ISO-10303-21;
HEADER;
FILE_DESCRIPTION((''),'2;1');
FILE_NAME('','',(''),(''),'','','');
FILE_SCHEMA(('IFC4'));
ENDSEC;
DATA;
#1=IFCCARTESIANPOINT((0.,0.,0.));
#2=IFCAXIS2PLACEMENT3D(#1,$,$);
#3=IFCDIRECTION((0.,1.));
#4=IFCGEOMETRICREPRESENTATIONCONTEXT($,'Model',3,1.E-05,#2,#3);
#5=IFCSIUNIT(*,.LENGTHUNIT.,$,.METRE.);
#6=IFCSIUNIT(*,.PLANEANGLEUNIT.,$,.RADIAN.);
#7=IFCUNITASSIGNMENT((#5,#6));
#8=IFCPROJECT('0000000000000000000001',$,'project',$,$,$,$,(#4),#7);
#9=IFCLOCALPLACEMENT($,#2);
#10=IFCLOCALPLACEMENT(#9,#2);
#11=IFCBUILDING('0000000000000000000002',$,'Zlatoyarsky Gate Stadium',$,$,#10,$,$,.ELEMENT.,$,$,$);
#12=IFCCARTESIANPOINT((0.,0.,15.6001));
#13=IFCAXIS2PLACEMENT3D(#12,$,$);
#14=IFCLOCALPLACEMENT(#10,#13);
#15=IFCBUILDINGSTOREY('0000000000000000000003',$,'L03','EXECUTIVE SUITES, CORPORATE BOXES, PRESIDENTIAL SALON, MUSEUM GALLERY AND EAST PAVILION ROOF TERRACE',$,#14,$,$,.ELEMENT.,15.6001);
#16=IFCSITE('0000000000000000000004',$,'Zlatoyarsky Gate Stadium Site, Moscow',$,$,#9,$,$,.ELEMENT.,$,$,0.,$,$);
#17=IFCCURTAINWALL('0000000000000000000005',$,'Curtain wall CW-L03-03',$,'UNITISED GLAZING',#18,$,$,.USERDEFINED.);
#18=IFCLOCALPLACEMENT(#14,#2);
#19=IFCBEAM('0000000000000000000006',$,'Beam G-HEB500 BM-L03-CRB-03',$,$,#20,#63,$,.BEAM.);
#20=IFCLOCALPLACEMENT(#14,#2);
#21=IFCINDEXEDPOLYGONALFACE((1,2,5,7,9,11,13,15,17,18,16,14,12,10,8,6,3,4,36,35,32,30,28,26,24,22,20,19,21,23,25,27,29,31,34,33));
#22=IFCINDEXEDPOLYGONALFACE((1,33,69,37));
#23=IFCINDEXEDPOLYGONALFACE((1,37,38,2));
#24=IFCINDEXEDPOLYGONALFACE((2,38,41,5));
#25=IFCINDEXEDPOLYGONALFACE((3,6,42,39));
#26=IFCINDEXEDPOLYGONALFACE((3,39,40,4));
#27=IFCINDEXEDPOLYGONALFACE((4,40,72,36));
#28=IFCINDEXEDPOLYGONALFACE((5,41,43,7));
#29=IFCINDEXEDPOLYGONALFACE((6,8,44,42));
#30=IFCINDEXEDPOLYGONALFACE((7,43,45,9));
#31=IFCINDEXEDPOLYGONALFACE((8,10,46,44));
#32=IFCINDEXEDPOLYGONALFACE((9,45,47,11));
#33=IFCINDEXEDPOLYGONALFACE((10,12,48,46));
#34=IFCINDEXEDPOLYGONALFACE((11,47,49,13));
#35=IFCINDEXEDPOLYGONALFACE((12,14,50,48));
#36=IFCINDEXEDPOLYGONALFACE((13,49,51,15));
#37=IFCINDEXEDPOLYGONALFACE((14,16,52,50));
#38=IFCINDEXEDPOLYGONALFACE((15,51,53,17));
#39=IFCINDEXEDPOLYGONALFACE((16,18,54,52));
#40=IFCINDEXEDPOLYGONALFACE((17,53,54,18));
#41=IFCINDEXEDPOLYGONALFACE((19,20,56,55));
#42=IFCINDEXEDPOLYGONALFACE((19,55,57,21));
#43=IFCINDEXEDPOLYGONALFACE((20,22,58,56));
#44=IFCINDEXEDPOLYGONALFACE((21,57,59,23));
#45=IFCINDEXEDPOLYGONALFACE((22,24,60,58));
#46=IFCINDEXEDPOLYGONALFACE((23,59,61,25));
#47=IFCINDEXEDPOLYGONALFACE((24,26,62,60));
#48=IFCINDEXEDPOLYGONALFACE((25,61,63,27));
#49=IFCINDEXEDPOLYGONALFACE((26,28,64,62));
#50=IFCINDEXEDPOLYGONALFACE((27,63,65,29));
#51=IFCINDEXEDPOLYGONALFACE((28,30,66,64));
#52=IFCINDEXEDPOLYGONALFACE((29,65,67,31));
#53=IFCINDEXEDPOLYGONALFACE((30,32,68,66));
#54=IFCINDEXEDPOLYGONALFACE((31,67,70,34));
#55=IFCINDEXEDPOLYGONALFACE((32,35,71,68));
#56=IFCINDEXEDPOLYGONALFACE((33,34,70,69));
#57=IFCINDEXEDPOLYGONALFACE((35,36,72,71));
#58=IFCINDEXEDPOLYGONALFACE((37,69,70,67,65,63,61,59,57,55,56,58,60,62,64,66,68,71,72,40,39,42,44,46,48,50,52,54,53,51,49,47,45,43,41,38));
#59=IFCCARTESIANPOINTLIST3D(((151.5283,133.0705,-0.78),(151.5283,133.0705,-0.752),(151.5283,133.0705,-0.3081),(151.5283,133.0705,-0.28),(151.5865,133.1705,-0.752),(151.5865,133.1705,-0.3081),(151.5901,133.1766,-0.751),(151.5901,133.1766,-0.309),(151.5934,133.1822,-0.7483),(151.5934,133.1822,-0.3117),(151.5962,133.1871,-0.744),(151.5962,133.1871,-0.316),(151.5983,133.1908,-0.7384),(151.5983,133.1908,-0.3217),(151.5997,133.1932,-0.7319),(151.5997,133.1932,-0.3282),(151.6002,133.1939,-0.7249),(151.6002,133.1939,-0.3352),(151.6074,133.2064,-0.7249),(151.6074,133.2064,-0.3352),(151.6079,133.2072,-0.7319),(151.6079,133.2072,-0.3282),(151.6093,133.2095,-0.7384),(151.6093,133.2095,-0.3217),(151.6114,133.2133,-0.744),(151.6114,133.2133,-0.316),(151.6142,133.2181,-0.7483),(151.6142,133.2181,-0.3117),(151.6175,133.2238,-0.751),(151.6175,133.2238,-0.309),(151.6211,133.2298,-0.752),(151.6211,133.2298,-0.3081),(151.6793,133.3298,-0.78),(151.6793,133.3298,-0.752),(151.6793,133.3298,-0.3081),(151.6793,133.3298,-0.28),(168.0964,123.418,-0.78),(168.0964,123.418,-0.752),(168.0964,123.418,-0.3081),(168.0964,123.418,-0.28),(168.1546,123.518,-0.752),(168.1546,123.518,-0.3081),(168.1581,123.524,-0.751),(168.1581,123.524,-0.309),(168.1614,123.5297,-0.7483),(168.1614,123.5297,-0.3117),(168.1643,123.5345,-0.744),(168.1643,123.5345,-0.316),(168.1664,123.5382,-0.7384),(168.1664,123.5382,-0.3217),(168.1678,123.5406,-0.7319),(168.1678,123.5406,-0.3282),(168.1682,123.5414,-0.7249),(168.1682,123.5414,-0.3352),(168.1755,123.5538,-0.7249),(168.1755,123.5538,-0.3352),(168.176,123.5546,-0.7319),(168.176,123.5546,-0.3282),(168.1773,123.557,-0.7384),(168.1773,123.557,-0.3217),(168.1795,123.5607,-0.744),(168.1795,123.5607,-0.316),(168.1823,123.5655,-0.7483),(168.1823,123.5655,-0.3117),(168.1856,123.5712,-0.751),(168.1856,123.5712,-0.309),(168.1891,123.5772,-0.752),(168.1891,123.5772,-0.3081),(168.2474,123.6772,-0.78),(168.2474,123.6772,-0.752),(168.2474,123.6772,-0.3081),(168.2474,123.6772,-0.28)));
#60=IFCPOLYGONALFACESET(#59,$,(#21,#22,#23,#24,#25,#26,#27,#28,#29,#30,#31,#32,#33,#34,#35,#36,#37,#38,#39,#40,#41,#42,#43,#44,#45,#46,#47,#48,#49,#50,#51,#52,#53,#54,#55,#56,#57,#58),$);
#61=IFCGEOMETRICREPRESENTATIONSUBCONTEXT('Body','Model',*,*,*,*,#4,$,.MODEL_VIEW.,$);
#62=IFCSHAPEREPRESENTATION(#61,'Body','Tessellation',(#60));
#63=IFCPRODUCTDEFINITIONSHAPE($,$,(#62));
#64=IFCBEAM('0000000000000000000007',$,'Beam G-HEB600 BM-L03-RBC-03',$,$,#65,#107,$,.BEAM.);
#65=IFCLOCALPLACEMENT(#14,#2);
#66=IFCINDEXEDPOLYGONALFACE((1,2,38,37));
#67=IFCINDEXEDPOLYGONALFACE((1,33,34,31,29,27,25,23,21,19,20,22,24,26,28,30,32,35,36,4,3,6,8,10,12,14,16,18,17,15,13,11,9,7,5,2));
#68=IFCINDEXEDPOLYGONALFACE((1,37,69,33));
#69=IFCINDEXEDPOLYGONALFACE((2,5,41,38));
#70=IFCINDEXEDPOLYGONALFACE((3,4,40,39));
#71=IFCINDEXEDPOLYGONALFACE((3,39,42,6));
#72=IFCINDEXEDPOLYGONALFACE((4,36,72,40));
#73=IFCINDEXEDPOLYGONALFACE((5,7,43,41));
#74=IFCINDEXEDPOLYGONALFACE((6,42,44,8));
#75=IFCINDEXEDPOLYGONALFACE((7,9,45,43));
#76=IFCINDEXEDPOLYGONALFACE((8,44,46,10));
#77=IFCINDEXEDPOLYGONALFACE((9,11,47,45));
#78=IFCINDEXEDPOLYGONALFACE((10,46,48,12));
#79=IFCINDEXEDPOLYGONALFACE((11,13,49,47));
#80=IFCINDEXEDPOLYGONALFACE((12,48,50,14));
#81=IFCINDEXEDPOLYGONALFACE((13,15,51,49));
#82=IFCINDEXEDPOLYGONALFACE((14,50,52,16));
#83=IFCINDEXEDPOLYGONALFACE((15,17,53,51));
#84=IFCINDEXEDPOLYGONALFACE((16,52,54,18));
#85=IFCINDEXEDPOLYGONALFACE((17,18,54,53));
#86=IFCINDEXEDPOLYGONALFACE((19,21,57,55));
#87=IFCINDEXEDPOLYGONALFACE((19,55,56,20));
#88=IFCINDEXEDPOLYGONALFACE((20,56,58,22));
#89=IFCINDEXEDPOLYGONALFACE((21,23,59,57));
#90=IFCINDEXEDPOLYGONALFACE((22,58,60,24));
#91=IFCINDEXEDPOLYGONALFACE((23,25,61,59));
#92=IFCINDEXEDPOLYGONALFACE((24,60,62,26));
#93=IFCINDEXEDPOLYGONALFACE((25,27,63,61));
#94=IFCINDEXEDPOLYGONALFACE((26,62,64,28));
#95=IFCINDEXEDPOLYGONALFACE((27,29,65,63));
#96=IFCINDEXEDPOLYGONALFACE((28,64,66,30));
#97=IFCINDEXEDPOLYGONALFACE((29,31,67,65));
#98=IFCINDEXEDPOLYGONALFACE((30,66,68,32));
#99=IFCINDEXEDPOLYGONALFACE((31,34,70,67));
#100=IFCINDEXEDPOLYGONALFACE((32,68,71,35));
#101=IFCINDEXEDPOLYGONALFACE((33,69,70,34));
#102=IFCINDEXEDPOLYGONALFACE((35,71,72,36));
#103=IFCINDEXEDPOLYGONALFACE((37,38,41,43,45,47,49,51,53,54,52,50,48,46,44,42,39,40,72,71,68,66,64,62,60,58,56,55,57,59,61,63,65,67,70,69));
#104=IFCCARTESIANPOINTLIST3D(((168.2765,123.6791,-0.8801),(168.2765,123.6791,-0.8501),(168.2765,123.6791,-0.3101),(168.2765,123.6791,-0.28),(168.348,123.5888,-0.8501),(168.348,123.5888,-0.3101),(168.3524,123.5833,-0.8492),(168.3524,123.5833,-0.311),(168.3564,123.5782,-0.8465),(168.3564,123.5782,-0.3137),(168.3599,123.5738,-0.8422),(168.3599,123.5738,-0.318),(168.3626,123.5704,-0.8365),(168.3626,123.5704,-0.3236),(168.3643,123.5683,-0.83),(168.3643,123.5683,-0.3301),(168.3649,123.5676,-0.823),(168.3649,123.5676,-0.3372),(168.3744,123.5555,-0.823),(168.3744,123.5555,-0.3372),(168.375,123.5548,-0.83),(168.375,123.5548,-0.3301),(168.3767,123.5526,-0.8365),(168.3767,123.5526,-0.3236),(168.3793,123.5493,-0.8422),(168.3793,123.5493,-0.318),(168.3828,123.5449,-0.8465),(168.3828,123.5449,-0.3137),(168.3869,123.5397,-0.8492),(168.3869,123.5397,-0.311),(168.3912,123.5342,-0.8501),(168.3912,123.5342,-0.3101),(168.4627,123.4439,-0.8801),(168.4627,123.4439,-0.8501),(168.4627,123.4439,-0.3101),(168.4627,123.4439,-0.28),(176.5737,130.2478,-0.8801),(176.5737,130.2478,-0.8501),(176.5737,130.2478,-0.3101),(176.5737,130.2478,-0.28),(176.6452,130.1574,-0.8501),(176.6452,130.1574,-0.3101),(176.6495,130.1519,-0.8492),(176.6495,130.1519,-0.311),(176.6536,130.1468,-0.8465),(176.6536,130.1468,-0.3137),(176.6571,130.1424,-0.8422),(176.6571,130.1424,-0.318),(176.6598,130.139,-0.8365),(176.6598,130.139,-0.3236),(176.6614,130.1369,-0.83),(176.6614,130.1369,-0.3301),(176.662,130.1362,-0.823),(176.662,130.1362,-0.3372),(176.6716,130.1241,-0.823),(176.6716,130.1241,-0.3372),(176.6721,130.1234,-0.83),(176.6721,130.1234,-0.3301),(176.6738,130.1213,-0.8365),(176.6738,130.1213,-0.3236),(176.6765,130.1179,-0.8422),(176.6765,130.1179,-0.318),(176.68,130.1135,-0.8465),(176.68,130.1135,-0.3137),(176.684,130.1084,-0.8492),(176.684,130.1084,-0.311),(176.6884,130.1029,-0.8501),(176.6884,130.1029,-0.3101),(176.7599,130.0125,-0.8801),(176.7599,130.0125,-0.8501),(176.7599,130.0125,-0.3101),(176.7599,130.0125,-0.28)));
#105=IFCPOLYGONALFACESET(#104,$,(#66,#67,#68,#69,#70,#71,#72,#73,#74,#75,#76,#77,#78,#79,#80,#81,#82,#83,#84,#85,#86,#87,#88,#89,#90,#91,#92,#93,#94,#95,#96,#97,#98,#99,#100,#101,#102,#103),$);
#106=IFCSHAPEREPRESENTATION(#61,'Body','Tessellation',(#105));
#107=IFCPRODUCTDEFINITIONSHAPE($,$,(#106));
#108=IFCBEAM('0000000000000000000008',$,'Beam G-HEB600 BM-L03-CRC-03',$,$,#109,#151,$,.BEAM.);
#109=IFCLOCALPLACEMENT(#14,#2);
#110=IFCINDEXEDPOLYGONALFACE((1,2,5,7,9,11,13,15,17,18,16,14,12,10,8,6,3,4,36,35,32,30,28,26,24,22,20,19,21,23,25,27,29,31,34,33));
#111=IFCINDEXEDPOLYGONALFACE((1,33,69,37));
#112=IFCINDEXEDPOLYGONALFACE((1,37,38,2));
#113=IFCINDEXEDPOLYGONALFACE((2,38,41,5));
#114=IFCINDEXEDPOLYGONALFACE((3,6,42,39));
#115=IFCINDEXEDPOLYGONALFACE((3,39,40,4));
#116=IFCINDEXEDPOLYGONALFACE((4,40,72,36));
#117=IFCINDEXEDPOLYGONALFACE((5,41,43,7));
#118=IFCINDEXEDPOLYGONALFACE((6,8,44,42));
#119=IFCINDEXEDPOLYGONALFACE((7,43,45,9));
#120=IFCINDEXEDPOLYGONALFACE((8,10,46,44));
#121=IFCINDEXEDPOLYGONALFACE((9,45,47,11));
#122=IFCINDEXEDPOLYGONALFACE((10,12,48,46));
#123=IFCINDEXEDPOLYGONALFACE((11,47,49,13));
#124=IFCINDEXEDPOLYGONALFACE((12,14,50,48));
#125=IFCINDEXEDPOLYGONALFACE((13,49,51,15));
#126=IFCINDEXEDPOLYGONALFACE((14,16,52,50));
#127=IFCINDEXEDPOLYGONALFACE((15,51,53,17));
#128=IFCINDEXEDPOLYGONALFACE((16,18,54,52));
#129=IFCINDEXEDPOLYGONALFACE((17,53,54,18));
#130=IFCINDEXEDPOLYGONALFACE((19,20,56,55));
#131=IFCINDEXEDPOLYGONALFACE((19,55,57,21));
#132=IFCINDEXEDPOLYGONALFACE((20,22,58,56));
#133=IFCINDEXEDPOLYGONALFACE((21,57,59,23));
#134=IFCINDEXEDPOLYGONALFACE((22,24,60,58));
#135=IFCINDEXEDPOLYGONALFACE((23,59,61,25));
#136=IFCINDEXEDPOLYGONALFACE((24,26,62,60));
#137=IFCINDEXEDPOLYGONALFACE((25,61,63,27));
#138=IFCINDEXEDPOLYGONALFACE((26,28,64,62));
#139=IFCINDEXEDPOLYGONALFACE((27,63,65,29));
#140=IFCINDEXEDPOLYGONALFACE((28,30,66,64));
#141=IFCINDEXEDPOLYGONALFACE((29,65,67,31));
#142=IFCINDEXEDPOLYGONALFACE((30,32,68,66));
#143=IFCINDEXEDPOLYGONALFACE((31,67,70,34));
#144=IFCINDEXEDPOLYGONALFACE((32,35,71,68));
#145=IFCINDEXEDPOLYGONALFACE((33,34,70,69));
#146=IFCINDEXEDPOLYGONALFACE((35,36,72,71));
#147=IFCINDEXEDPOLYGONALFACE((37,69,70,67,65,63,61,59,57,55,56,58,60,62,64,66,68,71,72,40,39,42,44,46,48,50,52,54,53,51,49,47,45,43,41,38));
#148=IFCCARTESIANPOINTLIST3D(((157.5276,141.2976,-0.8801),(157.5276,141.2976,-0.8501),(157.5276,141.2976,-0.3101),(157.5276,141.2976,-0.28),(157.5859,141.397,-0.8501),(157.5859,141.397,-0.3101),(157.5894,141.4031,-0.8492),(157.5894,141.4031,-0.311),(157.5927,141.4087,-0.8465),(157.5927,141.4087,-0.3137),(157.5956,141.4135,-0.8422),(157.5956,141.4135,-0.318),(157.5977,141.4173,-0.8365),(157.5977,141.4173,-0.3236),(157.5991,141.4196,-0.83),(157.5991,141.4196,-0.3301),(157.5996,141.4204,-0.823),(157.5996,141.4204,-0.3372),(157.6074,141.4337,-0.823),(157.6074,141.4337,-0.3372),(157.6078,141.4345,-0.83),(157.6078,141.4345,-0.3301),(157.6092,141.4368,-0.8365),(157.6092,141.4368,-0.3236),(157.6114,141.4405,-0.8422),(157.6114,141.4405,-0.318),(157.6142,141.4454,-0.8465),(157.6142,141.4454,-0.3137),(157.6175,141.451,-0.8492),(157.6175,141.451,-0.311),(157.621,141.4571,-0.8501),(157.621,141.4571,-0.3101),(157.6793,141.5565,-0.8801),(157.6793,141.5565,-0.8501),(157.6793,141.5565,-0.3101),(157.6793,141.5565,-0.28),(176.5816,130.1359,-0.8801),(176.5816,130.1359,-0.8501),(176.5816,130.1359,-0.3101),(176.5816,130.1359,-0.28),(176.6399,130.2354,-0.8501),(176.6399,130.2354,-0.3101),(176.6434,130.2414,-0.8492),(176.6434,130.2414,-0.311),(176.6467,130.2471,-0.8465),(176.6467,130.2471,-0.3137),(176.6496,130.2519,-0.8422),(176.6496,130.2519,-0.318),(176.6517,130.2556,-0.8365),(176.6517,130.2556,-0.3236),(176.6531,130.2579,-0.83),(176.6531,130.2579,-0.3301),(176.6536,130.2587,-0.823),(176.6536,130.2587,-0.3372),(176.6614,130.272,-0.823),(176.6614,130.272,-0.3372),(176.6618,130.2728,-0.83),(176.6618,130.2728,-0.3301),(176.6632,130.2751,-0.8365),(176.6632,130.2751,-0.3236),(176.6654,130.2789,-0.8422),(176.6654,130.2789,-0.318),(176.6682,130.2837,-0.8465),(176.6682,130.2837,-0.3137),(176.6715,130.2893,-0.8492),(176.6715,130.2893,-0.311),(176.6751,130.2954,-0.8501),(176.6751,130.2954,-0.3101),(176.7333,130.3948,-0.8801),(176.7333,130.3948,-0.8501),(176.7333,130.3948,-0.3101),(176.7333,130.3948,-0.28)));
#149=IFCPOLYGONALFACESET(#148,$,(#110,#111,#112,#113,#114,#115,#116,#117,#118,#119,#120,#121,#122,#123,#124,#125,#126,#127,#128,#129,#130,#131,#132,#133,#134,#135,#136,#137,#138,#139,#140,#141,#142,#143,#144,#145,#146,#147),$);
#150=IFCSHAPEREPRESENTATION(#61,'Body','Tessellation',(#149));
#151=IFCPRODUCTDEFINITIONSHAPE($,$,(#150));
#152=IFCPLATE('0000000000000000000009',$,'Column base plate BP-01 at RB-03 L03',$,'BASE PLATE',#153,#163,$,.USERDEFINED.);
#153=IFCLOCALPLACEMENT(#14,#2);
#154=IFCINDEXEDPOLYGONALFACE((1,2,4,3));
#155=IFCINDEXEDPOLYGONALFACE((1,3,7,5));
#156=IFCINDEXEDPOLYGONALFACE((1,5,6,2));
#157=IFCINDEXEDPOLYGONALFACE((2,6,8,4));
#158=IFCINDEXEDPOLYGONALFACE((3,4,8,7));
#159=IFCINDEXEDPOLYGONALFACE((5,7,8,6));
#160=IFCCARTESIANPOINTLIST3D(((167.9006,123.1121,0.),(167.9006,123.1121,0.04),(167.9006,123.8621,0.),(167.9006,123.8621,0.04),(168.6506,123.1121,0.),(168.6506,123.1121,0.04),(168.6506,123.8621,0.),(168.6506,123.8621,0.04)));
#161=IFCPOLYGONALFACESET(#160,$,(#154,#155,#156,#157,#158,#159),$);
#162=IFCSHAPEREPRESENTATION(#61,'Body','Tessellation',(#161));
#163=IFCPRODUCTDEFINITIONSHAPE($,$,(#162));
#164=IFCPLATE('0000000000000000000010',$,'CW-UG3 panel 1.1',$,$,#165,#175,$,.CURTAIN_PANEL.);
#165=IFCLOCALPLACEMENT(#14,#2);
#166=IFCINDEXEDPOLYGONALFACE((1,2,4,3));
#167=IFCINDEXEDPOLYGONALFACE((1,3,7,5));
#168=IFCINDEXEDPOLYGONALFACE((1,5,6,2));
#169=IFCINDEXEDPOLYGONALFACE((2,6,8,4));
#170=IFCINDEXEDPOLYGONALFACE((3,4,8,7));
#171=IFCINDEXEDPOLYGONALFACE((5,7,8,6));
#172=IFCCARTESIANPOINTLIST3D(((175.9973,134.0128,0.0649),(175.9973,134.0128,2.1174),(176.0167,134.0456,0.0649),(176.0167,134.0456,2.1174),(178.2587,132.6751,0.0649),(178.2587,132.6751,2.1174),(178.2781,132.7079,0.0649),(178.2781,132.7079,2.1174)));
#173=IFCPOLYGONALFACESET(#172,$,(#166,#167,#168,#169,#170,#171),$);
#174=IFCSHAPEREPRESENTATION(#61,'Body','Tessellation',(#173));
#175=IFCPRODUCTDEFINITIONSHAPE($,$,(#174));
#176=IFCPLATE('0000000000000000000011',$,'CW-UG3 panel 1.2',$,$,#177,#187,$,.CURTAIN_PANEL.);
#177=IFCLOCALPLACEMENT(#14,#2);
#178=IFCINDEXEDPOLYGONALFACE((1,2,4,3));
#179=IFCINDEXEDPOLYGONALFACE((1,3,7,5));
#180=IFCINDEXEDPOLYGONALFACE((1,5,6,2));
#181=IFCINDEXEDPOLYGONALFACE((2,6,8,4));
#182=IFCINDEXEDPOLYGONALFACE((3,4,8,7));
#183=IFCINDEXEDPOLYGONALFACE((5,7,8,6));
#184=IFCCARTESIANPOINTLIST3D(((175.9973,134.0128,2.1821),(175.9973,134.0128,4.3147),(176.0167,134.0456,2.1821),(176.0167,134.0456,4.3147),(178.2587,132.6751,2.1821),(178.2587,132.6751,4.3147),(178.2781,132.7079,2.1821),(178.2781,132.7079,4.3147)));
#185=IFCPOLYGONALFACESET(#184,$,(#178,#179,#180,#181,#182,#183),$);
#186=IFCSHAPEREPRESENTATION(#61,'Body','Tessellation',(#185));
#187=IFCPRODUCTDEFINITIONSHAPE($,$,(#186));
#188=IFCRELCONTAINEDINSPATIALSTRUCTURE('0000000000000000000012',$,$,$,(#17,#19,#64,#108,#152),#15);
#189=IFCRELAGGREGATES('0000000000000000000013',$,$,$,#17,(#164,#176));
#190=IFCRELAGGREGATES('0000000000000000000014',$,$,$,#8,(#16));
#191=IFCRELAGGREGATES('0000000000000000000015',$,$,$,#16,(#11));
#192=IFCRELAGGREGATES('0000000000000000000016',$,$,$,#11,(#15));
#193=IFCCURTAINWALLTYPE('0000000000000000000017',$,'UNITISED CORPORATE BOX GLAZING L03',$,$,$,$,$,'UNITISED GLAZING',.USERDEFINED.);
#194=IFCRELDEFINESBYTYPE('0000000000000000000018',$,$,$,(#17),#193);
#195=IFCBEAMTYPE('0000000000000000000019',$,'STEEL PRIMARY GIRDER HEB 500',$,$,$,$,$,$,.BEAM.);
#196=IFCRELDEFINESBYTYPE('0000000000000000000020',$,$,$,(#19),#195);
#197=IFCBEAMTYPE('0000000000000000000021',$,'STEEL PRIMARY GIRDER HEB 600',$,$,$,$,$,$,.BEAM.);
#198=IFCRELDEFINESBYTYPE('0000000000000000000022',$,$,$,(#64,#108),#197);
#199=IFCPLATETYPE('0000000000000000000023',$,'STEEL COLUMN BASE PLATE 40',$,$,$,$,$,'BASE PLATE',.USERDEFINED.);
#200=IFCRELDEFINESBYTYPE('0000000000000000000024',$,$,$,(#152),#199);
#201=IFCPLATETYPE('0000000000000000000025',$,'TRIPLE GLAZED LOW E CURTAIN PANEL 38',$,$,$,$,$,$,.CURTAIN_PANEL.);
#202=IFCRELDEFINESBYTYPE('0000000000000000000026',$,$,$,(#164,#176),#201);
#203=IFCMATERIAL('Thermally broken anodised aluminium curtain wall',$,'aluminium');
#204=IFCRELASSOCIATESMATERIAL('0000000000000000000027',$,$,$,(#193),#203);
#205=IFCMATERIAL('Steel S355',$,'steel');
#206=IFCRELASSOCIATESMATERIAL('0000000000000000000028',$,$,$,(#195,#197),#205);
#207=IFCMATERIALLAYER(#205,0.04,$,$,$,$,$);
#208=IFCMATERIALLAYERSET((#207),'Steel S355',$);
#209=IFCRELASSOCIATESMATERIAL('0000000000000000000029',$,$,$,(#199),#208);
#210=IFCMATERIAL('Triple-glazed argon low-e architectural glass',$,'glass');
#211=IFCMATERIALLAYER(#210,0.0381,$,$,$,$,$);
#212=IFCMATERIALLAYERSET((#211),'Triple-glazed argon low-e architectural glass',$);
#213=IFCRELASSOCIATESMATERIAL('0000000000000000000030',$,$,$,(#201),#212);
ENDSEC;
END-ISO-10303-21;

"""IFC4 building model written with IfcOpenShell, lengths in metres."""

from ifc_helpers import new_model, si_unit, direction, frame, origin, origin_2d, place, context, subcontext, project, spatial, rectangle, i_section, extrude, material, layer, layer_set, material_profile, profile_set, type_object, element, aggregate, save


model = new_model("IFC4")

# Units and contexts
model_context = context("Model", 3, precision=1e-05, world=origin(), true_north=direction((0.0, 1.0)))
body_context = subcontext(model_context, "Body", "Model", "MODEL_VIEW")
ifc_project = project(units=[si_unit("LENGTHUNIT", "METRE"), si_unit("PLANEANGLEUNIT", "RADIAN")], contexts=[model_context])

# Site, building, storey
site_placement = place(None, origin())
site = spatial("IfcSite", under=ifc_project, at=site_placement, Name="Zlatoyarsky Gate Stadium Site, Moscow", CompositionType="ELEMENT", RefElevation=0.0)
building_placement = place(site_placement, origin())
building = spatial("IfcBuilding", under=site, at=building_placement, Name="Zlatoyarsky Gate Stadium", CompositionType="ELEMENT")
storey_placement = place(building_placement, frame((0.0, 0.0, 15.6001)))
storey = spatial("IfcBuildingStorey", under=building, at=storey_placement, Name="L03", Description="EXECUTIVE SUITES, CORPORATE BOXES, PRESIDENTIAL SALON, MUSEUM GALLERY AND EAST PAVILION ROOF TERRACE", CompositionType="ELEMENT", Elevation=15.6001)

# Shared definitions
ifc_material_1 = material(Name="Steel S355", Category="steel")

# Curtain wall
ifc_material_2 = material(Name="Thermally broken anodised aluminium curtain wall", Category="aluminium")
curtain_wall_type = type_object("IfcCurtainWallType", Name="UNITISED CORPORATE BOX GLAZING L03", ElementType="UNITISED GLAZING", PredefinedType="USERDEFINED", material=ifc_material_2)
curtain_wall_placement = place(storey_placement, origin())
curtain_wall = element("IfcCurtainWall", 1, at=curtain_wall_placement, inside=storey, type_object=curtain_wall_type, Name="Curtain wall CW-L03-03", ObjectType="UNITISED GLAZING", PredefinedType="USERDEFINED")

# Beams
ifc_material_profile_1 = material_profile(ifc_material_1, i_section(OverallWidth=0.3, OverallDepth=0.5, WebThickness=0.0144, FlangeThickness=0.0281, FilletRadius=0.0271, at=origin_2d()), Name="HEB 500")
ifc_profile_set_1 = profile_set([ifc_material_profile_1], Name="Steel S355")
beam_type_1 = type_object("IfcBeamType", Name="STEEL PRIMARY GIRDER HEB 500", PredefinedType="BEAM", material=ifc_profile_set_1)
beam_1_placement = place(storey_placement, frame((168.1719, 123.5476, -0.53), z_axis=(-0.864054, 0.503398, 0.0), x_axis=(-0.503398, -0.864054, 0.0)))
element("IfcBeam", 2, at=beam_1_placement, inside=storey, type_object=beam_type_1, Name="Beam G-HEB500 BM-L03-CRB-03", PredefinedType="BEAM", context=body_context, shape_type="SweptSolid", body=[
    extrude(i_section(OverallWidth=0.3, OverallDepth=0.5, WebThickness=0.0144, FlangeThickness=0.0281, FilletRadius=0.0271, at=origin_2d()), origin(), (0.0, 0.0, 1.0), 19.1748),
])
ifc_material_profile_2 = material_profile(ifc_material_1, i_section(OverallWidth=0.3, OverallDepth=0.6001, WebThickness=0.0154, FlangeThickness=0.03, FilletRadius=0.0271, at=origin_2d()), Name="HEB 600")
ifc_profile_set_2 = profile_set([ifc_material_profile_2], Name="Steel S355")
beam_type_2 = type_object("IfcBeamType", Name="STEEL PRIMARY GIRDER HEB 600", PredefinedType="BEAM", material=ifc_profile_set_2)
beam_2_placement = place(storey_placement, frame((168.3696, 123.5615, -0.5801), z_axis=(0.784043, 0.620706, 0.0), x_axis=(-0.620706, 0.784043, 0.0)))
element("IfcBeam", 3, at=beam_2_placement, inside=storey, type_object=beam_type_2, Name="Beam G-HEB600 BM-L03-RBC-03", PredefinedType="BEAM", context=body_context, shape_type="SweptSolid", body=[
    extrude(i_section(OverallWidth=0.3, OverallDepth=0.6001, WebThickness=0.0154, FlangeThickness=0.03, FilletRadius=0.0271, at=origin_2d()), origin(), (0.0, 0.0, 1.0), 10.5825),
])
beam_3_placement = place(storey_placement, frame((176.6575, 130.2654, -0.5801), z_axis=(-0.862855, 0.505452, 0.0), x_axis=(-0.505452, -0.862855, 0.0)))
element("IfcBeam", 4, at=beam_3_placement, inside=storey, type_object=beam_type_2, Name="Beam G-HEB600 BM-L03-CRC-03", PredefinedType="BEAM", context=body_context, shape_type="SweptSolid", body=[
    extrude(i_section(OverallWidth=0.3, OverallDepth=0.6001, WebThickness=0.0154, FlangeThickness=0.03, FilletRadius=0.0271, at=origin_2d()), origin(), (0.0, 0.0, 1.0), 22.0825),
])

# Plates
ifc_layer_1 = layer(ifc_material_1, 0.04)
ifc_layer_set_1 = layer_set([ifc_layer_1], Name="Steel S355")
plate_type_1 = type_object("IfcPlateType", Name="STEEL COLUMN BASE PLATE 40", ElementType="BASE PLATE", PredefinedType="USERDEFINED", material=ifc_layer_set_1)
plate_1_placement = place(storey_placement, frame((168.2756, 123.4871, 0.0), z_axis=(0.0, 0.0, 1.0), x_axis=(1.0, 0.0, 0.0)))
element("IfcPlate", 5, at=plate_1_placement, inside=storey, type_object=plate_type_1, Name="Column base plate BP-01 at RB-03 L03", ObjectType="BASE PLATE", PredefinedType="USERDEFINED", context=body_context, shape_type="SweptSolid", body=[
    extrude(rectangle(XDim=0.75, YDim=0.75, at=origin_2d()), origin(), (0.0, 0.0, 1.0), 0.04),
])
ifc_material_3 = material(Name="Triple-glazed argon low-e architectural glass", Category="glass")
ifc_layer_2 = layer(ifc_material_3, 0.0381)
ifc_layer_set_2 = layer_set([ifc_layer_2], Name="Triple-glazed argon low-e architectural glass")
plate_type_2 = type_object("IfcPlateType", Name="TRIPLE GLAZED LOW E CURTAIN PANEL 38", PredefinedType="CURTAIN_PANEL", material=ifc_layer_set_2)
plate_2_placement = place(storey_placement, frame((177.1377, 133.3604, 0.0649), z_axis=(0.0, 0.0, 1.0), x_axis=(-0.860708, 0.509098, 0.0)))
plate_2 = element("IfcPlate", 6, at=plate_2_placement, type_object=plate_type_2, Name="CW-UG3 panel 1.1", PredefinedType="CURTAIN_PANEL", context=body_context, shape_type="SweptSolid", body=[
    extrude(rectangle(XDim=2.6274, YDim=0.0381, at=origin_2d()), origin(), (0.0, 0.0, 1.0), 2.0525),
])
plate_3_placement = place(storey_placement, frame((177.1377, 133.3604, 2.1821), z_axis=(0.0, 0.0, 1.0), x_axis=(-0.860708, 0.509098, 0.0)))
plate_3 = element("IfcPlate", 7, at=plate_3_placement, type_object=plate_type_2, Name="CW-UG3 panel 1.2", PredefinedType="CURTAIN_PANEL", context=body_context, shape_type="SweptSolid", body=[
    extrude(rectangle(XDim=2.6274, YDim=0.0381, at=origin_2d()), origin(), (0.0, 0.0, 1.0), 2.1326),
])
aggregate(curtain_wall, [plate_2, plate_3])

save(model, "model.ifc")
